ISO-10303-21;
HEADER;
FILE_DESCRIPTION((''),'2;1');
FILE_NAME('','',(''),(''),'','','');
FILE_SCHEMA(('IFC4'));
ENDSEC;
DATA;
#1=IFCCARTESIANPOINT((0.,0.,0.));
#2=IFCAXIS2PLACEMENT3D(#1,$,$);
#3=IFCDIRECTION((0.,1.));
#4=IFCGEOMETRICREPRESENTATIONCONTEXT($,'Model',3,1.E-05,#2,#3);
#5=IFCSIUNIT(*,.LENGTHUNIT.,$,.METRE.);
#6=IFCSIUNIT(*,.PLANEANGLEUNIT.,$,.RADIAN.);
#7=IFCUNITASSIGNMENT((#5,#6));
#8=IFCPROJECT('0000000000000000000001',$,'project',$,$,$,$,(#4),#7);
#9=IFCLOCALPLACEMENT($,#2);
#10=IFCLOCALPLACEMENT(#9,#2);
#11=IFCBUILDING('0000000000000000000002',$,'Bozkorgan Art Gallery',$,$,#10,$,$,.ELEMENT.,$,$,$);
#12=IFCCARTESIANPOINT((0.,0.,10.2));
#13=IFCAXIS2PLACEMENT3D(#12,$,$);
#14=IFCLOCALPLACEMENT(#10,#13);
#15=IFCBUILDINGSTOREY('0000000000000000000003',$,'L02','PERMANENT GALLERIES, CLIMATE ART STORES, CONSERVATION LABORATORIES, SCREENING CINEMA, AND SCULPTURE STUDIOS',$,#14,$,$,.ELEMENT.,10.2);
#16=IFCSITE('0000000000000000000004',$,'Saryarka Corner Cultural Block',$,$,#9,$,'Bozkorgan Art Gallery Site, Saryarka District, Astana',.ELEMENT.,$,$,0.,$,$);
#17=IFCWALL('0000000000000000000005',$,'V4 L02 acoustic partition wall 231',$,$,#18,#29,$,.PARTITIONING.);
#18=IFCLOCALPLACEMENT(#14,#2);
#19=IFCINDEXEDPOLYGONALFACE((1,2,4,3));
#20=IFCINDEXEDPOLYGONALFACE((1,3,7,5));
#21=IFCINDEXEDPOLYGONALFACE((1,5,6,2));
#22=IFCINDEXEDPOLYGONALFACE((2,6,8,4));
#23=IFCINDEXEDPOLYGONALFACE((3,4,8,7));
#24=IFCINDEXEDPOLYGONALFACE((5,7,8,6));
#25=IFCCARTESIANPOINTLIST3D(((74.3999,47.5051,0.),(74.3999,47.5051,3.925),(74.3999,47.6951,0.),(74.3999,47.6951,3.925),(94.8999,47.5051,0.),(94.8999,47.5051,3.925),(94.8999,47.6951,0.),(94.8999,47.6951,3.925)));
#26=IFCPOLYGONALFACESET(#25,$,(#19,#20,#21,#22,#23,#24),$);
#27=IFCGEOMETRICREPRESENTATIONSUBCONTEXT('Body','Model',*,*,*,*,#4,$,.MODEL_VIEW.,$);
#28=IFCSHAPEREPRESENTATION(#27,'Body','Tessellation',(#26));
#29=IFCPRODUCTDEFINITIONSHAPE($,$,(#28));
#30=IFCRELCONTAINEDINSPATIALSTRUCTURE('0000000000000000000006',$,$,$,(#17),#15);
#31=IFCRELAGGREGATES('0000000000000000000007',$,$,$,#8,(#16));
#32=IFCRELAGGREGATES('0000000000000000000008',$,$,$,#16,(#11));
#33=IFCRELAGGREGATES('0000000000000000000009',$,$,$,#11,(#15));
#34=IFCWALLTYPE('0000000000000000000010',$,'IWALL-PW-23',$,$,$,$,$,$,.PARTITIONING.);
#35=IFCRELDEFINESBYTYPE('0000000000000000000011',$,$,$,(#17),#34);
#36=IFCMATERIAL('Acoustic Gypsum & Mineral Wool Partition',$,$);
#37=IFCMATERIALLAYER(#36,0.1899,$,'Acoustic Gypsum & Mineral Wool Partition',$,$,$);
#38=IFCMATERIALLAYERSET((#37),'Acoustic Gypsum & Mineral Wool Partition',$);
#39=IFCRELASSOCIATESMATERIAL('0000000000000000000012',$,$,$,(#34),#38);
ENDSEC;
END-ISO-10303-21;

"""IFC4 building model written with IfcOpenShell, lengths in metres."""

from ifc_helpers import new_model, si_unit, direction, frame, frame_2d, origin, place, context, subcontext, project, spatial, rectangle, extrude, material, layer, layer_set, type_object, element, save


model = new_model("IFC4")

# Units and contexts
model_context = context("Model", 3, precision=1e-05, world=origin(), true_north=direction((0.0, 1.0)))
body_context = subcontext(model_context, "Body", "Model", "MODEL_VIEW")
ifc_project = project(units=[si_unit("LENGTHUNIT", "METRE"), si_unit("PLANEANGLEUNIT", "RADIAN")], contexts=[model_context])

# Site, building, storey
site_placement = place(None, origin())
site = spatial("IfcSite", under=ifc_project, at=site_placement, Name="Saryarka Corner Cultural Block", LongName="Bozkorgan Art Gallery Site, Saryarka District, Astana", CompositionType="ELEMENT", RefElevation=0.0)
building_placement = place(site_placement, origin())
building = spatial("IfcBuilding", under=site, at=building_placement, Name="Bozkorgan Art Gallery", CompositionType="ELEMENT")
storey_placement = place(building_placement, frame((0.0, 0.0, 10.2)))
storey = spatial("IfcBuildingStorey", under=building, at=storey_placement, Name="L02", Description="PERMANENT GALLERIES, CLIMATE ART STORES, CONSERVATION LABORATORIES, SCREENING CINEMA, AND SCULPTURE STUDIOS", CompositionType="ELEMENT", Elevation=10.2)

# Wall
ifc_material_1 = material(Name="Acoustic Gypsum & Mineral Wool Partition")
ifc_layer_1 = layer(ifc_material_1, 0.1899, Name="Acoustic Gypsum & Mineral Wool Partition")
ifc_layer_set_1 = layer_set([ifc_layer_1], Name="Acoustic Gypsum & Mineral Wool Partition")
wall_type = type_object("IfcWallType", Name="IWALL-PW-23", PredefinedType="PARTITIONING", material=ifc_layer_set_1)
wall_placement = place(storey_placement, frame((74.3999, 47.6001, 0.0), z_axis=(0.0, 0.0, 1.0), x_axis=(1.0, 0.0, 0.0)))
element("IfcWall", 1, at=wall_placement, inside=storey, type_object=wall_type, Name="V4 L02 acoustic partition wall 231", PredefinedType="PARTITIONING", context=body_context, shape_type="SweptSolid", body=[
    extrude(rectangle(XDim=20.5, YDim=0.1899, at=frame_2d((10.25, 0.0))), origin(), (0.0, 0.0, 1.0), 3.925),
])

save(model, "model.ifc")
